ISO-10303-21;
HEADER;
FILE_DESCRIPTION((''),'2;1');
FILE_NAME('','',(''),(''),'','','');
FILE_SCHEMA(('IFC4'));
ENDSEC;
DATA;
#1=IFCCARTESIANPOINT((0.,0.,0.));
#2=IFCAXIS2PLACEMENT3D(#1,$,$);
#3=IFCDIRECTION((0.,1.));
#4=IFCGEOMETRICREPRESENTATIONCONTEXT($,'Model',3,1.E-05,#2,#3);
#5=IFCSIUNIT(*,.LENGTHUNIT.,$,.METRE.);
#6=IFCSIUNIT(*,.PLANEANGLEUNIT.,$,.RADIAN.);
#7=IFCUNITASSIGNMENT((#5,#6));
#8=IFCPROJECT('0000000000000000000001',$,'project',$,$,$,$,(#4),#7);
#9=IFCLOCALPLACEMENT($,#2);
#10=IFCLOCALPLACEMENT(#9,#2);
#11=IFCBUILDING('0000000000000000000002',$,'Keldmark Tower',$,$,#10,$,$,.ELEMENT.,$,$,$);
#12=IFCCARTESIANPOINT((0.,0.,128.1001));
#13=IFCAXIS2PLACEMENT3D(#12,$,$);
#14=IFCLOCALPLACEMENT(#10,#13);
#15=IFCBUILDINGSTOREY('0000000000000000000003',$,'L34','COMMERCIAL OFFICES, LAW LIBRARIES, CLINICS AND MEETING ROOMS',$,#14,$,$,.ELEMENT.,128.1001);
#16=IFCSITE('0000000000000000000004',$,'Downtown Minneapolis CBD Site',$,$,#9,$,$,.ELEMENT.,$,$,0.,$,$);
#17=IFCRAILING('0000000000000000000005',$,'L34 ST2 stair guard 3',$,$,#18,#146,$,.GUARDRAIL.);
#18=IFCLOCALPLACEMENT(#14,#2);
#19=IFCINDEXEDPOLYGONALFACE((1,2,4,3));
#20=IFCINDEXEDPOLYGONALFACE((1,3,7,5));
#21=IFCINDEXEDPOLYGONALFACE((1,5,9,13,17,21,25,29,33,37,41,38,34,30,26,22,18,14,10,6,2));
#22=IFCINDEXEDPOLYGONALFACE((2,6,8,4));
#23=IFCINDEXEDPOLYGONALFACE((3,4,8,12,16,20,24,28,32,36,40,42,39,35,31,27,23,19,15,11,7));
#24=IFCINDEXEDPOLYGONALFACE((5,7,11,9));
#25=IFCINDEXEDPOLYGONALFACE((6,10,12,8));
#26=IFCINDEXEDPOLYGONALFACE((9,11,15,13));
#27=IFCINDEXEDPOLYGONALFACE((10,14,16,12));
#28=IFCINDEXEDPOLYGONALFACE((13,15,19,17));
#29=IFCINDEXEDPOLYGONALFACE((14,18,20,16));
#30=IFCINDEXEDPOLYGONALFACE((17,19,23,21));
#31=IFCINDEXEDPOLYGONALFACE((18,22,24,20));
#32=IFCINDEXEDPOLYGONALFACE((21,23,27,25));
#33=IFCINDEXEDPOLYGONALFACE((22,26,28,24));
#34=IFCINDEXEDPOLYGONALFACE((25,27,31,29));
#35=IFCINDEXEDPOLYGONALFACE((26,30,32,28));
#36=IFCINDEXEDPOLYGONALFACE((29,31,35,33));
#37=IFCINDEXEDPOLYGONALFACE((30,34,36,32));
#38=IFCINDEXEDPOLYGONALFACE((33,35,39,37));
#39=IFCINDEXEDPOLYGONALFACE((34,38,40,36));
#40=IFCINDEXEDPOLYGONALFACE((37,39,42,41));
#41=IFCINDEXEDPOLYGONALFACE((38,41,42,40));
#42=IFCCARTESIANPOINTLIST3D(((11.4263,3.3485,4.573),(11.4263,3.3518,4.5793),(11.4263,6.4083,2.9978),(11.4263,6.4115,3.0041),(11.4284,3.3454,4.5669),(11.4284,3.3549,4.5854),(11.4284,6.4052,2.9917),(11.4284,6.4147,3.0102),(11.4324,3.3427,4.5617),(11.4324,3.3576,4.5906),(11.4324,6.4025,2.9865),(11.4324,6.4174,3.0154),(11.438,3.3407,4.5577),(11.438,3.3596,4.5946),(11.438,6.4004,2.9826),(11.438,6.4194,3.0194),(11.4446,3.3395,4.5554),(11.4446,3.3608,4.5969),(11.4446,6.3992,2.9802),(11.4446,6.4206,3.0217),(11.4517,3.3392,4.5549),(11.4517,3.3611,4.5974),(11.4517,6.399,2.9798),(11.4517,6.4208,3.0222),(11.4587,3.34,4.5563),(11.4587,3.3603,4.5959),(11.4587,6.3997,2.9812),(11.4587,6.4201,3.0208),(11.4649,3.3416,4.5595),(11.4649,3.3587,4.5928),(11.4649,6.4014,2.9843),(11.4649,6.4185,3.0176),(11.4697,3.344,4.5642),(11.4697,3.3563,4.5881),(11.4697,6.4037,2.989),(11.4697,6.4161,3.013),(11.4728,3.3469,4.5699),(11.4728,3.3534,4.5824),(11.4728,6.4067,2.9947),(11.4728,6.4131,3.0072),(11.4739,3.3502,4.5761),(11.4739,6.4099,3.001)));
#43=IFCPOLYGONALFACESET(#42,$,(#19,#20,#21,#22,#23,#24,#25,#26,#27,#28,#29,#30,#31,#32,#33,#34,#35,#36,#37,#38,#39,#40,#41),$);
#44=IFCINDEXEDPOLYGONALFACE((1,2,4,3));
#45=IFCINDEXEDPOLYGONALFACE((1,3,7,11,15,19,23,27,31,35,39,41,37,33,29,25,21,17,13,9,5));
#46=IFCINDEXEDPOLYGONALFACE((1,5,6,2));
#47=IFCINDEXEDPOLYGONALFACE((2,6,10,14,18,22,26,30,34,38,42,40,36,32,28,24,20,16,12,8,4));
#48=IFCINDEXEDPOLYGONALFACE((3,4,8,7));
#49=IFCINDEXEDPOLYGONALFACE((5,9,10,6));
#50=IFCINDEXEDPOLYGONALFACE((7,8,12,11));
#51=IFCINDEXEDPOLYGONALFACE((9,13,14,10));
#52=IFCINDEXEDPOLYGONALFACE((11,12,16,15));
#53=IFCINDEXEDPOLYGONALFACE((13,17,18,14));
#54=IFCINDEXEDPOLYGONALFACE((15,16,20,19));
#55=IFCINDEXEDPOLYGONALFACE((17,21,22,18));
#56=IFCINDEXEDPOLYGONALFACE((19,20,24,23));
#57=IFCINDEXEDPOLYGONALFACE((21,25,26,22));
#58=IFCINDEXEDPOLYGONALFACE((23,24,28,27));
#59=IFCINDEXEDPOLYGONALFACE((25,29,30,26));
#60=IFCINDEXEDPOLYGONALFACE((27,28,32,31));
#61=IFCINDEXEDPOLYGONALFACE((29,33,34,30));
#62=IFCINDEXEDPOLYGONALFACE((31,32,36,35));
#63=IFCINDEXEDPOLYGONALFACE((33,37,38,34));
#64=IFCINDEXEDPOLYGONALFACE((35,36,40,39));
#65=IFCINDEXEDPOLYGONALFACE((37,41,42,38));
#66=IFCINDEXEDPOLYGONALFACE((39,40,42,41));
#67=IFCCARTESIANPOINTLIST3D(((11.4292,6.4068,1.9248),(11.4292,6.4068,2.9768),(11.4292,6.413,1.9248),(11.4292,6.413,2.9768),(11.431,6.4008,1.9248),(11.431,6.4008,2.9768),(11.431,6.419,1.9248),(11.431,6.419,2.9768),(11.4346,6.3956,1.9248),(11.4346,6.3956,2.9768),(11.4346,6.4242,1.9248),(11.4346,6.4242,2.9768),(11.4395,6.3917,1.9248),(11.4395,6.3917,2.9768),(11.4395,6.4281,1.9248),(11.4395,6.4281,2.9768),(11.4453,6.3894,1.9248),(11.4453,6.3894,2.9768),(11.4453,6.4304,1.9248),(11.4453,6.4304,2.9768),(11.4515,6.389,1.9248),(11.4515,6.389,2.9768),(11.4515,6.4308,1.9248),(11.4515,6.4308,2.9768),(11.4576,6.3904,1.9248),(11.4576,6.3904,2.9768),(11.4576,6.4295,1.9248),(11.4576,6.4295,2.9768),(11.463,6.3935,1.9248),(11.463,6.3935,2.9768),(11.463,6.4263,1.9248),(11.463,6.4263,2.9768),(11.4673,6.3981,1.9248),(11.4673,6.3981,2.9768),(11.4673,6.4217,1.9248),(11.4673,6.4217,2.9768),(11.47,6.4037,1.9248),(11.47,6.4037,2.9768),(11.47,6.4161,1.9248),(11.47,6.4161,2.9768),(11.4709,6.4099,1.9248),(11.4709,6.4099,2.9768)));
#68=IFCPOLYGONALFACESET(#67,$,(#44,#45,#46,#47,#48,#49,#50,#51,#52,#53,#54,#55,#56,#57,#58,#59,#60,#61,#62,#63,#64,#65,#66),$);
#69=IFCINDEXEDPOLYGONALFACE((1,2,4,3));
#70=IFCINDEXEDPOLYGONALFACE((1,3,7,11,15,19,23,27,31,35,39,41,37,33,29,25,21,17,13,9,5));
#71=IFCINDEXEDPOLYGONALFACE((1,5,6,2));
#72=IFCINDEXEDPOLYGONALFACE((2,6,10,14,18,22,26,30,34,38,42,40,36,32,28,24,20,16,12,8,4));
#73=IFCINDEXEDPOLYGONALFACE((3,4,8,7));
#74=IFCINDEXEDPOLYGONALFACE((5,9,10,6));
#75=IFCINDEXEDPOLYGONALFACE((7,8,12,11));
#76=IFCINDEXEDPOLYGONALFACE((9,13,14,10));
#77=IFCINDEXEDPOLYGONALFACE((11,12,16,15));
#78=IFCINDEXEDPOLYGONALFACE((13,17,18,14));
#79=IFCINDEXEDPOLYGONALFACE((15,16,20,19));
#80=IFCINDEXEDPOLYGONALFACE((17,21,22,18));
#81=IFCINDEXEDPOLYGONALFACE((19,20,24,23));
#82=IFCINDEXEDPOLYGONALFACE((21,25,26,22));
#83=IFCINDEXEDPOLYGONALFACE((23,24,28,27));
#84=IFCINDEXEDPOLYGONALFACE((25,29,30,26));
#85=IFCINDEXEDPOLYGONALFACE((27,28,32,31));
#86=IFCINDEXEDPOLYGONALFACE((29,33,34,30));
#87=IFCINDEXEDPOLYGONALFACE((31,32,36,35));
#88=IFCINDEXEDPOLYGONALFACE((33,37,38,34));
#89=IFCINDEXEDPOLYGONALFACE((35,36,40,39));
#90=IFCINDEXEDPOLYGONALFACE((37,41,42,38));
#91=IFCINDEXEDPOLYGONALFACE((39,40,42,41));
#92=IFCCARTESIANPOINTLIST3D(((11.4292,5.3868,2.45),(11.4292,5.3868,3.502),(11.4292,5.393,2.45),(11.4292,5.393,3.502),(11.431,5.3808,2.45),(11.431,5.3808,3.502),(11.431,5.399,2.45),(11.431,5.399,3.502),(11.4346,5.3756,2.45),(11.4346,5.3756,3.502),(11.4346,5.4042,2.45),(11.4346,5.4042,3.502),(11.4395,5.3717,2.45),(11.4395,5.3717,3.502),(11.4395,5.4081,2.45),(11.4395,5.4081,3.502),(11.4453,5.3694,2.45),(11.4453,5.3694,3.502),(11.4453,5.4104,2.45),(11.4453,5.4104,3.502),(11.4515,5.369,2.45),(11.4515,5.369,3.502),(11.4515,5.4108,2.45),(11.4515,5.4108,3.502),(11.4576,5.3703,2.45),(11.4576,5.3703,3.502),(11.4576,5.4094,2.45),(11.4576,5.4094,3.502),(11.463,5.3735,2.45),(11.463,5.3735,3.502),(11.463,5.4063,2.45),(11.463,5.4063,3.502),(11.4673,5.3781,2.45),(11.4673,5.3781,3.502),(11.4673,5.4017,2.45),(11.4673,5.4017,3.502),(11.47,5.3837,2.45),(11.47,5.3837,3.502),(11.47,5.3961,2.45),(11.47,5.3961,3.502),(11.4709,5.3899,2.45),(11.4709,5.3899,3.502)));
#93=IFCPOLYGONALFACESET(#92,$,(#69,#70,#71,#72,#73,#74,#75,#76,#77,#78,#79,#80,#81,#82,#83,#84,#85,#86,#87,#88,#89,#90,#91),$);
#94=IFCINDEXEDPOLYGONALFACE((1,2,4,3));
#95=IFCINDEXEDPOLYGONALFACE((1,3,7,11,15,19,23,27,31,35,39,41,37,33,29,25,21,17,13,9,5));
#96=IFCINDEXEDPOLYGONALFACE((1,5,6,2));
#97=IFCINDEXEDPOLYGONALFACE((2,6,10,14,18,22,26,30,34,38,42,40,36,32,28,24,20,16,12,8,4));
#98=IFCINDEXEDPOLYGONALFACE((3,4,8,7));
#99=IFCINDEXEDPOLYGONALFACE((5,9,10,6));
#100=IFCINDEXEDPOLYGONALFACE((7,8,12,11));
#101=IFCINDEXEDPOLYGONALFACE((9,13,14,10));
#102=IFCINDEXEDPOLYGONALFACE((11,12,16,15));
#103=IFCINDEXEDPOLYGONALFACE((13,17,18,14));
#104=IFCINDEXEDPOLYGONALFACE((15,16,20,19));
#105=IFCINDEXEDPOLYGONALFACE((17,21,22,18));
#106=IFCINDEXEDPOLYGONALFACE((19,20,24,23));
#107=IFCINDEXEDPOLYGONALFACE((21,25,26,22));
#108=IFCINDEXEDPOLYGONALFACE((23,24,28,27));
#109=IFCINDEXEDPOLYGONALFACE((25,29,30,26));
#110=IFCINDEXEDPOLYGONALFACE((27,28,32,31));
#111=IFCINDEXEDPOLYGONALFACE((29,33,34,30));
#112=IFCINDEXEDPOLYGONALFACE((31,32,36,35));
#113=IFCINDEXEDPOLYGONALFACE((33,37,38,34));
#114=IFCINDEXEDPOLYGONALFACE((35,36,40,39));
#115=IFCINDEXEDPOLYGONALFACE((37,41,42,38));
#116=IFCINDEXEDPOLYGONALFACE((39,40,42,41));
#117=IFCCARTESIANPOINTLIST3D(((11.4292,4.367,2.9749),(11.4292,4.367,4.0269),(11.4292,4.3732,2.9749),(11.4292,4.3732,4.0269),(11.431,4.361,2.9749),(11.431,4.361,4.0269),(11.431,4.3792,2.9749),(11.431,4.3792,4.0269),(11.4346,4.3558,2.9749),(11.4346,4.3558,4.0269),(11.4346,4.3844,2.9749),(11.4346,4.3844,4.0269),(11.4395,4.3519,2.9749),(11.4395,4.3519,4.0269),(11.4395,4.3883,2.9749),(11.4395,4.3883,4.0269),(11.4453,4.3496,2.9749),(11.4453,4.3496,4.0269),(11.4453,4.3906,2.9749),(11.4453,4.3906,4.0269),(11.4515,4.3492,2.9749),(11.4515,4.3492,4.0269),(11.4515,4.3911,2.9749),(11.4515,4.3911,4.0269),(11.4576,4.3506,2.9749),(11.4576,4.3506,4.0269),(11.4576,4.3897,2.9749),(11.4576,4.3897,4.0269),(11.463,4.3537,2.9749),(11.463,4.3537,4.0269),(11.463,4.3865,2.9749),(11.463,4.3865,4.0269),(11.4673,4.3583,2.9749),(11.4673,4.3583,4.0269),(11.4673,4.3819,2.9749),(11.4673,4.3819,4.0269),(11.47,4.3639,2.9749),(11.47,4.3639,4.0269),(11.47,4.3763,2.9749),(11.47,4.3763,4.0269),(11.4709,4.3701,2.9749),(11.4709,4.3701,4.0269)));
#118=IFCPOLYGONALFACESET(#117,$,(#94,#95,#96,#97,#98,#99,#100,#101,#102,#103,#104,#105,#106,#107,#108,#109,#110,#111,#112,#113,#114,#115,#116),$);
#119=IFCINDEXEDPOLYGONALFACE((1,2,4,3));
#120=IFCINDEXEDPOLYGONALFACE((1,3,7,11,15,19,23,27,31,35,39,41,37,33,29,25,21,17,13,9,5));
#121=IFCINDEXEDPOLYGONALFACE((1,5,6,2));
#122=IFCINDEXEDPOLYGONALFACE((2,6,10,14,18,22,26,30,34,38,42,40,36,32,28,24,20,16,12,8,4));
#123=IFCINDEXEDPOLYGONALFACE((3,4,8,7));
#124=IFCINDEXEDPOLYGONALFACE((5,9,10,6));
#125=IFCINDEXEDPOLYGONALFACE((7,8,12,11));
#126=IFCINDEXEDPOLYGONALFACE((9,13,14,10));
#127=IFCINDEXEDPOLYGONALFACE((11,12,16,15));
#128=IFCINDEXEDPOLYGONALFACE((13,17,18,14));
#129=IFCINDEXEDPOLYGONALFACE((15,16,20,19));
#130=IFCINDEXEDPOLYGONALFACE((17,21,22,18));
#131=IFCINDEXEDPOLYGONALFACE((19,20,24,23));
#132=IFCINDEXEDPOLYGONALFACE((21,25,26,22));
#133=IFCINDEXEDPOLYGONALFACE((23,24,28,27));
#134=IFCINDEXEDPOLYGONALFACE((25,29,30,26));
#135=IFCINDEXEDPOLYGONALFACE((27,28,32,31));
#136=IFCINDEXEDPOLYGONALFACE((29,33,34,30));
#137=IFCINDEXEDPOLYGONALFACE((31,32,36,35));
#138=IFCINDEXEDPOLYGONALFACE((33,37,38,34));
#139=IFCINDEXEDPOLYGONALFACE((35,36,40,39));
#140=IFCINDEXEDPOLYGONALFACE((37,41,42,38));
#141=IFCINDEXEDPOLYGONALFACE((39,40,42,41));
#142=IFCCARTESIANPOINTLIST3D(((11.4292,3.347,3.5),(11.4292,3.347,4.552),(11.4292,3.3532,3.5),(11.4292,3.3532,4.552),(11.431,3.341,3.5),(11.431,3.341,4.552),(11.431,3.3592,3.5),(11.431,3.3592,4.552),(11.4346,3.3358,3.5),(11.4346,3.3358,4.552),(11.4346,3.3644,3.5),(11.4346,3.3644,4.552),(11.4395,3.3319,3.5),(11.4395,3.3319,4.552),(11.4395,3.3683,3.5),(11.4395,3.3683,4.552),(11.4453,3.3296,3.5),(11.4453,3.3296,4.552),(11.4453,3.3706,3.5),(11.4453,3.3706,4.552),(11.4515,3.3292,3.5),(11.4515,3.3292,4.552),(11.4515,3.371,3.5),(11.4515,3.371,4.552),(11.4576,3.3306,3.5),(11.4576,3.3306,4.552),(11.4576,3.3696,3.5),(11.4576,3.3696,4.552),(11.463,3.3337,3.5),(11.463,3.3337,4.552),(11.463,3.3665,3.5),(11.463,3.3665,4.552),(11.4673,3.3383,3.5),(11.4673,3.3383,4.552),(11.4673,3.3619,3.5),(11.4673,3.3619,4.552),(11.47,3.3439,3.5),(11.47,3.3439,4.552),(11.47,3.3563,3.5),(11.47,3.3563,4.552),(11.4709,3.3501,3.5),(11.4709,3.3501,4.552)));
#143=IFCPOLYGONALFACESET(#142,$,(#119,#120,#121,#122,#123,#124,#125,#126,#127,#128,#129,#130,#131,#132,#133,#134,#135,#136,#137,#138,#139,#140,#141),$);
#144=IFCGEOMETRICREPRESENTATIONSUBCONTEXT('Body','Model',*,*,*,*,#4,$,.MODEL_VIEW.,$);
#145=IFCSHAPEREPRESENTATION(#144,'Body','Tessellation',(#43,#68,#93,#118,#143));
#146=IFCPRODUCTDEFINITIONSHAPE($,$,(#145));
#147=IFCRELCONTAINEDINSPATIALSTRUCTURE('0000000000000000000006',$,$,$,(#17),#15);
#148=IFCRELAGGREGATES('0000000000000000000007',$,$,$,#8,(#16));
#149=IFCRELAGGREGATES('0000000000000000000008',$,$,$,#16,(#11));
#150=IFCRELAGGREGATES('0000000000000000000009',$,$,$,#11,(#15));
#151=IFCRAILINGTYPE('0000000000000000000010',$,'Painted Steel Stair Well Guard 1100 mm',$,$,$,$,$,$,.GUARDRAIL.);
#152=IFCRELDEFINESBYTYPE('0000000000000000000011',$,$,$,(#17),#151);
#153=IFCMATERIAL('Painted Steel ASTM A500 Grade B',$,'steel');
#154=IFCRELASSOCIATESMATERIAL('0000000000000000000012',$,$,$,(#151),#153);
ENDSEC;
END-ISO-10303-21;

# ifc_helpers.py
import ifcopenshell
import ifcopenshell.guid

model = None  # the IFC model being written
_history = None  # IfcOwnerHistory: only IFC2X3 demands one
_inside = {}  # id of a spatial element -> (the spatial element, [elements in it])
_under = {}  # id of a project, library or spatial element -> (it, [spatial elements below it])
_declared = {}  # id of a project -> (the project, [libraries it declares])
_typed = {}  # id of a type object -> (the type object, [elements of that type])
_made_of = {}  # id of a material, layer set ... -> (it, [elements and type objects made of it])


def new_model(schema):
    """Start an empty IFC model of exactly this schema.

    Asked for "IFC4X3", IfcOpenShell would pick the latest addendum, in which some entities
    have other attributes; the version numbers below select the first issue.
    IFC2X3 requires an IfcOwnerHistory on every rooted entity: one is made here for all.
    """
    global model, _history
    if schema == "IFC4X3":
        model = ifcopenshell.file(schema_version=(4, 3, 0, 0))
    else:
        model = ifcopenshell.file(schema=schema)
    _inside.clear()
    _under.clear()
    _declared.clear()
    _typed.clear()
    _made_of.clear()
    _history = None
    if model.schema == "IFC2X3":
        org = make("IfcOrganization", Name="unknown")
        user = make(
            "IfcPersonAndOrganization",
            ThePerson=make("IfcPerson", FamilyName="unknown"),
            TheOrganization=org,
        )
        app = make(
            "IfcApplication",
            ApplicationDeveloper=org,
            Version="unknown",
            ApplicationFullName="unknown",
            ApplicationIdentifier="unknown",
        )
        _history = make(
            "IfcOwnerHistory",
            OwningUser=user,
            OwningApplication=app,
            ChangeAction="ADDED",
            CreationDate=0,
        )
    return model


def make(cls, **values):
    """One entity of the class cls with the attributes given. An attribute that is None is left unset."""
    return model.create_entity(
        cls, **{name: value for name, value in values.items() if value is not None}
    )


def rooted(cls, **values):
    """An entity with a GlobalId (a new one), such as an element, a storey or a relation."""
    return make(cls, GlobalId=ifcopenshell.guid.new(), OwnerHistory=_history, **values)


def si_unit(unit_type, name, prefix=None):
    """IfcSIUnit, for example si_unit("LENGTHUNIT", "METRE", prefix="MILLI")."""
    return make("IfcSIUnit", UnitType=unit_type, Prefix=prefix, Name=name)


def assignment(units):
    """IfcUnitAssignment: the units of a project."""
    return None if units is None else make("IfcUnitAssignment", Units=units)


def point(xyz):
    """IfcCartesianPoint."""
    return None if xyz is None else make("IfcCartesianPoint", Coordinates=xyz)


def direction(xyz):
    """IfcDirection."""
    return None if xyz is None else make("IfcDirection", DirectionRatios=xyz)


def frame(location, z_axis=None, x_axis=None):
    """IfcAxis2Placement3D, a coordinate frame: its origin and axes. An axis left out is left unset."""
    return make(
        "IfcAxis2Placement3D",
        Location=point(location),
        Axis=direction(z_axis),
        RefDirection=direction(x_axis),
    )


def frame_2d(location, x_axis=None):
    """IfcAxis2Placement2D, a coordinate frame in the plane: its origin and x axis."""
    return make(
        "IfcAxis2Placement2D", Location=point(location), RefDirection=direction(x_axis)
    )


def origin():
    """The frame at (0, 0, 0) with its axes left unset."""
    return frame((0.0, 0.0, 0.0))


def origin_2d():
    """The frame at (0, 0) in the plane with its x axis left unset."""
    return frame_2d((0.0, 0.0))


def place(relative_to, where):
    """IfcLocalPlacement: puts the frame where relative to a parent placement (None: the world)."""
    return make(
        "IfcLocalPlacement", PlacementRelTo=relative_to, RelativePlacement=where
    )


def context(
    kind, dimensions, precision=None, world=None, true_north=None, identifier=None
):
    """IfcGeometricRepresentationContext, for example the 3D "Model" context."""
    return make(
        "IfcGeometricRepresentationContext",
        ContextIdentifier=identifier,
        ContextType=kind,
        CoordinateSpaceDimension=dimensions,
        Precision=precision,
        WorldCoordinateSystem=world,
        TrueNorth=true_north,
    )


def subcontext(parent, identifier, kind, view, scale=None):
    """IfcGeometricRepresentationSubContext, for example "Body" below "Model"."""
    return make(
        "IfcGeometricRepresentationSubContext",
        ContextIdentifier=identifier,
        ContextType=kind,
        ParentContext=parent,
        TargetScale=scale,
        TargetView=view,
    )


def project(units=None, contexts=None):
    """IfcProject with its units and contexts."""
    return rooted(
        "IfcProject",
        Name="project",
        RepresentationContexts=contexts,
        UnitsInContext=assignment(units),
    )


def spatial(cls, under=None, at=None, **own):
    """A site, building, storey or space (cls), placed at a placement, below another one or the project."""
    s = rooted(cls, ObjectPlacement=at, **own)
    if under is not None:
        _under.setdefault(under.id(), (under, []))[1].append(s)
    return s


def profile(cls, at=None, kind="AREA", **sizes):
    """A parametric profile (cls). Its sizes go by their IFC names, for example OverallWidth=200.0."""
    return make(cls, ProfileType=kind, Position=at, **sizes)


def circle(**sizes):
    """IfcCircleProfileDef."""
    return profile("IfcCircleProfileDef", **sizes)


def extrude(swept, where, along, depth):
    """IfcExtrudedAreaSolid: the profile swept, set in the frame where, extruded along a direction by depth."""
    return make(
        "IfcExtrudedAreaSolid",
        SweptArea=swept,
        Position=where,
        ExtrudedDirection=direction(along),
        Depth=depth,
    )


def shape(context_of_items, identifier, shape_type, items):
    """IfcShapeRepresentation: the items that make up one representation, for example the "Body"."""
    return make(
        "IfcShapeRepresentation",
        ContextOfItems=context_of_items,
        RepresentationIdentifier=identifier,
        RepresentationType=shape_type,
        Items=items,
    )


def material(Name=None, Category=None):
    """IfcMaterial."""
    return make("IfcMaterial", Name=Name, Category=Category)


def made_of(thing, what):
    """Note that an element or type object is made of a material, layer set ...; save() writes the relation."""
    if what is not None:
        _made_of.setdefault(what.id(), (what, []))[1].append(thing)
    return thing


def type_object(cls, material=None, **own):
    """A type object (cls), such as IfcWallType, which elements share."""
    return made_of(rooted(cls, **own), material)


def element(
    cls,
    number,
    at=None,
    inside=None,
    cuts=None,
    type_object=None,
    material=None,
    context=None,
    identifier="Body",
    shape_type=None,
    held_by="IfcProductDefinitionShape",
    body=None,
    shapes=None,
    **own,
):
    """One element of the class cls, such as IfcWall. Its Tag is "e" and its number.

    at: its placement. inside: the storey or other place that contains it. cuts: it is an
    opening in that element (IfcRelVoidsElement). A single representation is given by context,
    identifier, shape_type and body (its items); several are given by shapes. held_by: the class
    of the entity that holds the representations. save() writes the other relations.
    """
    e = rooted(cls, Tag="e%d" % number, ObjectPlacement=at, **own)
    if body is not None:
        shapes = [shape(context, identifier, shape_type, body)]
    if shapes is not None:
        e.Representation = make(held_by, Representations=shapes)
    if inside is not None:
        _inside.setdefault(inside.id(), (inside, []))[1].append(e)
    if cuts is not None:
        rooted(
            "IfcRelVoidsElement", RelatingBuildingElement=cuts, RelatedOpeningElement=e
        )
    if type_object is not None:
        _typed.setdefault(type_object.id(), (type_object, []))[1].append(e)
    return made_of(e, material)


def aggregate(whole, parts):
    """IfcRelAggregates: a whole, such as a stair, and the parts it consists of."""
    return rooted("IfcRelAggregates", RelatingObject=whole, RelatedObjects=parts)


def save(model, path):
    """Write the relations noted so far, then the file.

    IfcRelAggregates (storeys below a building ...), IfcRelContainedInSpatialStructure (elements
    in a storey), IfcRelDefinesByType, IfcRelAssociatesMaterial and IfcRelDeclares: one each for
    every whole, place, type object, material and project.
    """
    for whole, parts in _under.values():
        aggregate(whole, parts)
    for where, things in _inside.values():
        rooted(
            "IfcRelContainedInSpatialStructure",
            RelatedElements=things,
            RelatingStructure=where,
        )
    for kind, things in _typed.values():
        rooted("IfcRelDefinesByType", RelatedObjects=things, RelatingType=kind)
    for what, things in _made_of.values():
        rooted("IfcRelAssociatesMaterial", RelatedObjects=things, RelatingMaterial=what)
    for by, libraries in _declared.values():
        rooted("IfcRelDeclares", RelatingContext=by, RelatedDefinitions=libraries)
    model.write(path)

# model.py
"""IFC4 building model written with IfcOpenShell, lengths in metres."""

from ifc_helpers import new_model, si_unit, direction, frame, origin, origin_2d, place, context, subcontext, project, spatial, circle, extrude, material, type_object, element, save


model = new_model("IFC4")

# Units and contexts
model_context = context("Model", 3, precision=1e-05, world=origin(), true_north=direction((0.0, 1.0)))
body_context = subcontext(model_context, "Body", "Model", "MODEL_VIEW")
ifc_project = project(units=[si_unit("LENGTHUNIT", "METRE"), si_unit("PLANEANGLEUNIT", "RADIAN")], contexts=[model_context])

# Site, building, storey
site_placement = place(None, origin())
site = spatial("IfcSite", under=ifc_project, at=site_placement, Name="Downtown Minneapolis CBD Site", CompositionType="ELEMENT", RefElevation=0.0)
building_placement = place(site_placement, origin())
building = spatial("IfcBuilding", under=site, at=building_placement, Name="Keldmark Tower", CompositionType="ELEMENT")
storey_placement = place(building_placement, frame((0.0, 0.0, 128.1001)))
storey = spatial("IfcBuildingStorey", under=building, at=storey_placement, Name="L34", Description="COMMERCIAL OFFICES, LAW LIBRARIES, CLINICS AND MEETING ROOMS", CompositionType="ELEMENT", Elevation=128.1001)

# Railing
ifc_material_1 = material(Name="Painted Steel ASTM A500 Grade B", Category="steel")
railing_type_1 = type_object("IfcRailingType", Name="Painted Steel Stair Well Guard 1100 mm", PredefinedType="GUARDRAIL", material=ifc_material_1)
railing_1_placement = place(storey_placement, frame((11.45, 6.4099, 1.9248)))
element("IfcRailing", 1, at=railing_1_placement, inside=storey, type_object=railing_type_1, Name="L34 ST2 stair guard 3", PredefinedType="GUARDRAIL", context=body_context, shape_type="SweptSolid", body=[
    extrude(circle(Radius=0.0239, at=origin_2d()), frame((0.0, 0.0, 1.0762), z_axis=(0.0, -0.889101, 0.45771), x_axis=(1.0, 0.0, 0.0)), (0.0, 0.0, 1.0), 3.4414),
    extrude(circle(Radius=0.021, at=origin_2d()), origin(), (0.0, 0.0, 1.0), 1.052),
    extrude(circle(Radius=0.021, at=origin_2d()), frame((0.0, -1.02, 0.5251)), (0.0, 0.0, 1.0), 1.052),
    extrude(circle(Radius=0.021, at=origin_2d()), frame((0.0, -2.0398, 1.05)), (0.0, 0.0, 1.0), 1.052),
    extrude(circle(Radius=0.021, at=origin_2d()), frame((0.0, -3.0598, 1.5752)), (0.0, 0.0, 1.0), 1.052),
])

save(model, "model.ifc")
